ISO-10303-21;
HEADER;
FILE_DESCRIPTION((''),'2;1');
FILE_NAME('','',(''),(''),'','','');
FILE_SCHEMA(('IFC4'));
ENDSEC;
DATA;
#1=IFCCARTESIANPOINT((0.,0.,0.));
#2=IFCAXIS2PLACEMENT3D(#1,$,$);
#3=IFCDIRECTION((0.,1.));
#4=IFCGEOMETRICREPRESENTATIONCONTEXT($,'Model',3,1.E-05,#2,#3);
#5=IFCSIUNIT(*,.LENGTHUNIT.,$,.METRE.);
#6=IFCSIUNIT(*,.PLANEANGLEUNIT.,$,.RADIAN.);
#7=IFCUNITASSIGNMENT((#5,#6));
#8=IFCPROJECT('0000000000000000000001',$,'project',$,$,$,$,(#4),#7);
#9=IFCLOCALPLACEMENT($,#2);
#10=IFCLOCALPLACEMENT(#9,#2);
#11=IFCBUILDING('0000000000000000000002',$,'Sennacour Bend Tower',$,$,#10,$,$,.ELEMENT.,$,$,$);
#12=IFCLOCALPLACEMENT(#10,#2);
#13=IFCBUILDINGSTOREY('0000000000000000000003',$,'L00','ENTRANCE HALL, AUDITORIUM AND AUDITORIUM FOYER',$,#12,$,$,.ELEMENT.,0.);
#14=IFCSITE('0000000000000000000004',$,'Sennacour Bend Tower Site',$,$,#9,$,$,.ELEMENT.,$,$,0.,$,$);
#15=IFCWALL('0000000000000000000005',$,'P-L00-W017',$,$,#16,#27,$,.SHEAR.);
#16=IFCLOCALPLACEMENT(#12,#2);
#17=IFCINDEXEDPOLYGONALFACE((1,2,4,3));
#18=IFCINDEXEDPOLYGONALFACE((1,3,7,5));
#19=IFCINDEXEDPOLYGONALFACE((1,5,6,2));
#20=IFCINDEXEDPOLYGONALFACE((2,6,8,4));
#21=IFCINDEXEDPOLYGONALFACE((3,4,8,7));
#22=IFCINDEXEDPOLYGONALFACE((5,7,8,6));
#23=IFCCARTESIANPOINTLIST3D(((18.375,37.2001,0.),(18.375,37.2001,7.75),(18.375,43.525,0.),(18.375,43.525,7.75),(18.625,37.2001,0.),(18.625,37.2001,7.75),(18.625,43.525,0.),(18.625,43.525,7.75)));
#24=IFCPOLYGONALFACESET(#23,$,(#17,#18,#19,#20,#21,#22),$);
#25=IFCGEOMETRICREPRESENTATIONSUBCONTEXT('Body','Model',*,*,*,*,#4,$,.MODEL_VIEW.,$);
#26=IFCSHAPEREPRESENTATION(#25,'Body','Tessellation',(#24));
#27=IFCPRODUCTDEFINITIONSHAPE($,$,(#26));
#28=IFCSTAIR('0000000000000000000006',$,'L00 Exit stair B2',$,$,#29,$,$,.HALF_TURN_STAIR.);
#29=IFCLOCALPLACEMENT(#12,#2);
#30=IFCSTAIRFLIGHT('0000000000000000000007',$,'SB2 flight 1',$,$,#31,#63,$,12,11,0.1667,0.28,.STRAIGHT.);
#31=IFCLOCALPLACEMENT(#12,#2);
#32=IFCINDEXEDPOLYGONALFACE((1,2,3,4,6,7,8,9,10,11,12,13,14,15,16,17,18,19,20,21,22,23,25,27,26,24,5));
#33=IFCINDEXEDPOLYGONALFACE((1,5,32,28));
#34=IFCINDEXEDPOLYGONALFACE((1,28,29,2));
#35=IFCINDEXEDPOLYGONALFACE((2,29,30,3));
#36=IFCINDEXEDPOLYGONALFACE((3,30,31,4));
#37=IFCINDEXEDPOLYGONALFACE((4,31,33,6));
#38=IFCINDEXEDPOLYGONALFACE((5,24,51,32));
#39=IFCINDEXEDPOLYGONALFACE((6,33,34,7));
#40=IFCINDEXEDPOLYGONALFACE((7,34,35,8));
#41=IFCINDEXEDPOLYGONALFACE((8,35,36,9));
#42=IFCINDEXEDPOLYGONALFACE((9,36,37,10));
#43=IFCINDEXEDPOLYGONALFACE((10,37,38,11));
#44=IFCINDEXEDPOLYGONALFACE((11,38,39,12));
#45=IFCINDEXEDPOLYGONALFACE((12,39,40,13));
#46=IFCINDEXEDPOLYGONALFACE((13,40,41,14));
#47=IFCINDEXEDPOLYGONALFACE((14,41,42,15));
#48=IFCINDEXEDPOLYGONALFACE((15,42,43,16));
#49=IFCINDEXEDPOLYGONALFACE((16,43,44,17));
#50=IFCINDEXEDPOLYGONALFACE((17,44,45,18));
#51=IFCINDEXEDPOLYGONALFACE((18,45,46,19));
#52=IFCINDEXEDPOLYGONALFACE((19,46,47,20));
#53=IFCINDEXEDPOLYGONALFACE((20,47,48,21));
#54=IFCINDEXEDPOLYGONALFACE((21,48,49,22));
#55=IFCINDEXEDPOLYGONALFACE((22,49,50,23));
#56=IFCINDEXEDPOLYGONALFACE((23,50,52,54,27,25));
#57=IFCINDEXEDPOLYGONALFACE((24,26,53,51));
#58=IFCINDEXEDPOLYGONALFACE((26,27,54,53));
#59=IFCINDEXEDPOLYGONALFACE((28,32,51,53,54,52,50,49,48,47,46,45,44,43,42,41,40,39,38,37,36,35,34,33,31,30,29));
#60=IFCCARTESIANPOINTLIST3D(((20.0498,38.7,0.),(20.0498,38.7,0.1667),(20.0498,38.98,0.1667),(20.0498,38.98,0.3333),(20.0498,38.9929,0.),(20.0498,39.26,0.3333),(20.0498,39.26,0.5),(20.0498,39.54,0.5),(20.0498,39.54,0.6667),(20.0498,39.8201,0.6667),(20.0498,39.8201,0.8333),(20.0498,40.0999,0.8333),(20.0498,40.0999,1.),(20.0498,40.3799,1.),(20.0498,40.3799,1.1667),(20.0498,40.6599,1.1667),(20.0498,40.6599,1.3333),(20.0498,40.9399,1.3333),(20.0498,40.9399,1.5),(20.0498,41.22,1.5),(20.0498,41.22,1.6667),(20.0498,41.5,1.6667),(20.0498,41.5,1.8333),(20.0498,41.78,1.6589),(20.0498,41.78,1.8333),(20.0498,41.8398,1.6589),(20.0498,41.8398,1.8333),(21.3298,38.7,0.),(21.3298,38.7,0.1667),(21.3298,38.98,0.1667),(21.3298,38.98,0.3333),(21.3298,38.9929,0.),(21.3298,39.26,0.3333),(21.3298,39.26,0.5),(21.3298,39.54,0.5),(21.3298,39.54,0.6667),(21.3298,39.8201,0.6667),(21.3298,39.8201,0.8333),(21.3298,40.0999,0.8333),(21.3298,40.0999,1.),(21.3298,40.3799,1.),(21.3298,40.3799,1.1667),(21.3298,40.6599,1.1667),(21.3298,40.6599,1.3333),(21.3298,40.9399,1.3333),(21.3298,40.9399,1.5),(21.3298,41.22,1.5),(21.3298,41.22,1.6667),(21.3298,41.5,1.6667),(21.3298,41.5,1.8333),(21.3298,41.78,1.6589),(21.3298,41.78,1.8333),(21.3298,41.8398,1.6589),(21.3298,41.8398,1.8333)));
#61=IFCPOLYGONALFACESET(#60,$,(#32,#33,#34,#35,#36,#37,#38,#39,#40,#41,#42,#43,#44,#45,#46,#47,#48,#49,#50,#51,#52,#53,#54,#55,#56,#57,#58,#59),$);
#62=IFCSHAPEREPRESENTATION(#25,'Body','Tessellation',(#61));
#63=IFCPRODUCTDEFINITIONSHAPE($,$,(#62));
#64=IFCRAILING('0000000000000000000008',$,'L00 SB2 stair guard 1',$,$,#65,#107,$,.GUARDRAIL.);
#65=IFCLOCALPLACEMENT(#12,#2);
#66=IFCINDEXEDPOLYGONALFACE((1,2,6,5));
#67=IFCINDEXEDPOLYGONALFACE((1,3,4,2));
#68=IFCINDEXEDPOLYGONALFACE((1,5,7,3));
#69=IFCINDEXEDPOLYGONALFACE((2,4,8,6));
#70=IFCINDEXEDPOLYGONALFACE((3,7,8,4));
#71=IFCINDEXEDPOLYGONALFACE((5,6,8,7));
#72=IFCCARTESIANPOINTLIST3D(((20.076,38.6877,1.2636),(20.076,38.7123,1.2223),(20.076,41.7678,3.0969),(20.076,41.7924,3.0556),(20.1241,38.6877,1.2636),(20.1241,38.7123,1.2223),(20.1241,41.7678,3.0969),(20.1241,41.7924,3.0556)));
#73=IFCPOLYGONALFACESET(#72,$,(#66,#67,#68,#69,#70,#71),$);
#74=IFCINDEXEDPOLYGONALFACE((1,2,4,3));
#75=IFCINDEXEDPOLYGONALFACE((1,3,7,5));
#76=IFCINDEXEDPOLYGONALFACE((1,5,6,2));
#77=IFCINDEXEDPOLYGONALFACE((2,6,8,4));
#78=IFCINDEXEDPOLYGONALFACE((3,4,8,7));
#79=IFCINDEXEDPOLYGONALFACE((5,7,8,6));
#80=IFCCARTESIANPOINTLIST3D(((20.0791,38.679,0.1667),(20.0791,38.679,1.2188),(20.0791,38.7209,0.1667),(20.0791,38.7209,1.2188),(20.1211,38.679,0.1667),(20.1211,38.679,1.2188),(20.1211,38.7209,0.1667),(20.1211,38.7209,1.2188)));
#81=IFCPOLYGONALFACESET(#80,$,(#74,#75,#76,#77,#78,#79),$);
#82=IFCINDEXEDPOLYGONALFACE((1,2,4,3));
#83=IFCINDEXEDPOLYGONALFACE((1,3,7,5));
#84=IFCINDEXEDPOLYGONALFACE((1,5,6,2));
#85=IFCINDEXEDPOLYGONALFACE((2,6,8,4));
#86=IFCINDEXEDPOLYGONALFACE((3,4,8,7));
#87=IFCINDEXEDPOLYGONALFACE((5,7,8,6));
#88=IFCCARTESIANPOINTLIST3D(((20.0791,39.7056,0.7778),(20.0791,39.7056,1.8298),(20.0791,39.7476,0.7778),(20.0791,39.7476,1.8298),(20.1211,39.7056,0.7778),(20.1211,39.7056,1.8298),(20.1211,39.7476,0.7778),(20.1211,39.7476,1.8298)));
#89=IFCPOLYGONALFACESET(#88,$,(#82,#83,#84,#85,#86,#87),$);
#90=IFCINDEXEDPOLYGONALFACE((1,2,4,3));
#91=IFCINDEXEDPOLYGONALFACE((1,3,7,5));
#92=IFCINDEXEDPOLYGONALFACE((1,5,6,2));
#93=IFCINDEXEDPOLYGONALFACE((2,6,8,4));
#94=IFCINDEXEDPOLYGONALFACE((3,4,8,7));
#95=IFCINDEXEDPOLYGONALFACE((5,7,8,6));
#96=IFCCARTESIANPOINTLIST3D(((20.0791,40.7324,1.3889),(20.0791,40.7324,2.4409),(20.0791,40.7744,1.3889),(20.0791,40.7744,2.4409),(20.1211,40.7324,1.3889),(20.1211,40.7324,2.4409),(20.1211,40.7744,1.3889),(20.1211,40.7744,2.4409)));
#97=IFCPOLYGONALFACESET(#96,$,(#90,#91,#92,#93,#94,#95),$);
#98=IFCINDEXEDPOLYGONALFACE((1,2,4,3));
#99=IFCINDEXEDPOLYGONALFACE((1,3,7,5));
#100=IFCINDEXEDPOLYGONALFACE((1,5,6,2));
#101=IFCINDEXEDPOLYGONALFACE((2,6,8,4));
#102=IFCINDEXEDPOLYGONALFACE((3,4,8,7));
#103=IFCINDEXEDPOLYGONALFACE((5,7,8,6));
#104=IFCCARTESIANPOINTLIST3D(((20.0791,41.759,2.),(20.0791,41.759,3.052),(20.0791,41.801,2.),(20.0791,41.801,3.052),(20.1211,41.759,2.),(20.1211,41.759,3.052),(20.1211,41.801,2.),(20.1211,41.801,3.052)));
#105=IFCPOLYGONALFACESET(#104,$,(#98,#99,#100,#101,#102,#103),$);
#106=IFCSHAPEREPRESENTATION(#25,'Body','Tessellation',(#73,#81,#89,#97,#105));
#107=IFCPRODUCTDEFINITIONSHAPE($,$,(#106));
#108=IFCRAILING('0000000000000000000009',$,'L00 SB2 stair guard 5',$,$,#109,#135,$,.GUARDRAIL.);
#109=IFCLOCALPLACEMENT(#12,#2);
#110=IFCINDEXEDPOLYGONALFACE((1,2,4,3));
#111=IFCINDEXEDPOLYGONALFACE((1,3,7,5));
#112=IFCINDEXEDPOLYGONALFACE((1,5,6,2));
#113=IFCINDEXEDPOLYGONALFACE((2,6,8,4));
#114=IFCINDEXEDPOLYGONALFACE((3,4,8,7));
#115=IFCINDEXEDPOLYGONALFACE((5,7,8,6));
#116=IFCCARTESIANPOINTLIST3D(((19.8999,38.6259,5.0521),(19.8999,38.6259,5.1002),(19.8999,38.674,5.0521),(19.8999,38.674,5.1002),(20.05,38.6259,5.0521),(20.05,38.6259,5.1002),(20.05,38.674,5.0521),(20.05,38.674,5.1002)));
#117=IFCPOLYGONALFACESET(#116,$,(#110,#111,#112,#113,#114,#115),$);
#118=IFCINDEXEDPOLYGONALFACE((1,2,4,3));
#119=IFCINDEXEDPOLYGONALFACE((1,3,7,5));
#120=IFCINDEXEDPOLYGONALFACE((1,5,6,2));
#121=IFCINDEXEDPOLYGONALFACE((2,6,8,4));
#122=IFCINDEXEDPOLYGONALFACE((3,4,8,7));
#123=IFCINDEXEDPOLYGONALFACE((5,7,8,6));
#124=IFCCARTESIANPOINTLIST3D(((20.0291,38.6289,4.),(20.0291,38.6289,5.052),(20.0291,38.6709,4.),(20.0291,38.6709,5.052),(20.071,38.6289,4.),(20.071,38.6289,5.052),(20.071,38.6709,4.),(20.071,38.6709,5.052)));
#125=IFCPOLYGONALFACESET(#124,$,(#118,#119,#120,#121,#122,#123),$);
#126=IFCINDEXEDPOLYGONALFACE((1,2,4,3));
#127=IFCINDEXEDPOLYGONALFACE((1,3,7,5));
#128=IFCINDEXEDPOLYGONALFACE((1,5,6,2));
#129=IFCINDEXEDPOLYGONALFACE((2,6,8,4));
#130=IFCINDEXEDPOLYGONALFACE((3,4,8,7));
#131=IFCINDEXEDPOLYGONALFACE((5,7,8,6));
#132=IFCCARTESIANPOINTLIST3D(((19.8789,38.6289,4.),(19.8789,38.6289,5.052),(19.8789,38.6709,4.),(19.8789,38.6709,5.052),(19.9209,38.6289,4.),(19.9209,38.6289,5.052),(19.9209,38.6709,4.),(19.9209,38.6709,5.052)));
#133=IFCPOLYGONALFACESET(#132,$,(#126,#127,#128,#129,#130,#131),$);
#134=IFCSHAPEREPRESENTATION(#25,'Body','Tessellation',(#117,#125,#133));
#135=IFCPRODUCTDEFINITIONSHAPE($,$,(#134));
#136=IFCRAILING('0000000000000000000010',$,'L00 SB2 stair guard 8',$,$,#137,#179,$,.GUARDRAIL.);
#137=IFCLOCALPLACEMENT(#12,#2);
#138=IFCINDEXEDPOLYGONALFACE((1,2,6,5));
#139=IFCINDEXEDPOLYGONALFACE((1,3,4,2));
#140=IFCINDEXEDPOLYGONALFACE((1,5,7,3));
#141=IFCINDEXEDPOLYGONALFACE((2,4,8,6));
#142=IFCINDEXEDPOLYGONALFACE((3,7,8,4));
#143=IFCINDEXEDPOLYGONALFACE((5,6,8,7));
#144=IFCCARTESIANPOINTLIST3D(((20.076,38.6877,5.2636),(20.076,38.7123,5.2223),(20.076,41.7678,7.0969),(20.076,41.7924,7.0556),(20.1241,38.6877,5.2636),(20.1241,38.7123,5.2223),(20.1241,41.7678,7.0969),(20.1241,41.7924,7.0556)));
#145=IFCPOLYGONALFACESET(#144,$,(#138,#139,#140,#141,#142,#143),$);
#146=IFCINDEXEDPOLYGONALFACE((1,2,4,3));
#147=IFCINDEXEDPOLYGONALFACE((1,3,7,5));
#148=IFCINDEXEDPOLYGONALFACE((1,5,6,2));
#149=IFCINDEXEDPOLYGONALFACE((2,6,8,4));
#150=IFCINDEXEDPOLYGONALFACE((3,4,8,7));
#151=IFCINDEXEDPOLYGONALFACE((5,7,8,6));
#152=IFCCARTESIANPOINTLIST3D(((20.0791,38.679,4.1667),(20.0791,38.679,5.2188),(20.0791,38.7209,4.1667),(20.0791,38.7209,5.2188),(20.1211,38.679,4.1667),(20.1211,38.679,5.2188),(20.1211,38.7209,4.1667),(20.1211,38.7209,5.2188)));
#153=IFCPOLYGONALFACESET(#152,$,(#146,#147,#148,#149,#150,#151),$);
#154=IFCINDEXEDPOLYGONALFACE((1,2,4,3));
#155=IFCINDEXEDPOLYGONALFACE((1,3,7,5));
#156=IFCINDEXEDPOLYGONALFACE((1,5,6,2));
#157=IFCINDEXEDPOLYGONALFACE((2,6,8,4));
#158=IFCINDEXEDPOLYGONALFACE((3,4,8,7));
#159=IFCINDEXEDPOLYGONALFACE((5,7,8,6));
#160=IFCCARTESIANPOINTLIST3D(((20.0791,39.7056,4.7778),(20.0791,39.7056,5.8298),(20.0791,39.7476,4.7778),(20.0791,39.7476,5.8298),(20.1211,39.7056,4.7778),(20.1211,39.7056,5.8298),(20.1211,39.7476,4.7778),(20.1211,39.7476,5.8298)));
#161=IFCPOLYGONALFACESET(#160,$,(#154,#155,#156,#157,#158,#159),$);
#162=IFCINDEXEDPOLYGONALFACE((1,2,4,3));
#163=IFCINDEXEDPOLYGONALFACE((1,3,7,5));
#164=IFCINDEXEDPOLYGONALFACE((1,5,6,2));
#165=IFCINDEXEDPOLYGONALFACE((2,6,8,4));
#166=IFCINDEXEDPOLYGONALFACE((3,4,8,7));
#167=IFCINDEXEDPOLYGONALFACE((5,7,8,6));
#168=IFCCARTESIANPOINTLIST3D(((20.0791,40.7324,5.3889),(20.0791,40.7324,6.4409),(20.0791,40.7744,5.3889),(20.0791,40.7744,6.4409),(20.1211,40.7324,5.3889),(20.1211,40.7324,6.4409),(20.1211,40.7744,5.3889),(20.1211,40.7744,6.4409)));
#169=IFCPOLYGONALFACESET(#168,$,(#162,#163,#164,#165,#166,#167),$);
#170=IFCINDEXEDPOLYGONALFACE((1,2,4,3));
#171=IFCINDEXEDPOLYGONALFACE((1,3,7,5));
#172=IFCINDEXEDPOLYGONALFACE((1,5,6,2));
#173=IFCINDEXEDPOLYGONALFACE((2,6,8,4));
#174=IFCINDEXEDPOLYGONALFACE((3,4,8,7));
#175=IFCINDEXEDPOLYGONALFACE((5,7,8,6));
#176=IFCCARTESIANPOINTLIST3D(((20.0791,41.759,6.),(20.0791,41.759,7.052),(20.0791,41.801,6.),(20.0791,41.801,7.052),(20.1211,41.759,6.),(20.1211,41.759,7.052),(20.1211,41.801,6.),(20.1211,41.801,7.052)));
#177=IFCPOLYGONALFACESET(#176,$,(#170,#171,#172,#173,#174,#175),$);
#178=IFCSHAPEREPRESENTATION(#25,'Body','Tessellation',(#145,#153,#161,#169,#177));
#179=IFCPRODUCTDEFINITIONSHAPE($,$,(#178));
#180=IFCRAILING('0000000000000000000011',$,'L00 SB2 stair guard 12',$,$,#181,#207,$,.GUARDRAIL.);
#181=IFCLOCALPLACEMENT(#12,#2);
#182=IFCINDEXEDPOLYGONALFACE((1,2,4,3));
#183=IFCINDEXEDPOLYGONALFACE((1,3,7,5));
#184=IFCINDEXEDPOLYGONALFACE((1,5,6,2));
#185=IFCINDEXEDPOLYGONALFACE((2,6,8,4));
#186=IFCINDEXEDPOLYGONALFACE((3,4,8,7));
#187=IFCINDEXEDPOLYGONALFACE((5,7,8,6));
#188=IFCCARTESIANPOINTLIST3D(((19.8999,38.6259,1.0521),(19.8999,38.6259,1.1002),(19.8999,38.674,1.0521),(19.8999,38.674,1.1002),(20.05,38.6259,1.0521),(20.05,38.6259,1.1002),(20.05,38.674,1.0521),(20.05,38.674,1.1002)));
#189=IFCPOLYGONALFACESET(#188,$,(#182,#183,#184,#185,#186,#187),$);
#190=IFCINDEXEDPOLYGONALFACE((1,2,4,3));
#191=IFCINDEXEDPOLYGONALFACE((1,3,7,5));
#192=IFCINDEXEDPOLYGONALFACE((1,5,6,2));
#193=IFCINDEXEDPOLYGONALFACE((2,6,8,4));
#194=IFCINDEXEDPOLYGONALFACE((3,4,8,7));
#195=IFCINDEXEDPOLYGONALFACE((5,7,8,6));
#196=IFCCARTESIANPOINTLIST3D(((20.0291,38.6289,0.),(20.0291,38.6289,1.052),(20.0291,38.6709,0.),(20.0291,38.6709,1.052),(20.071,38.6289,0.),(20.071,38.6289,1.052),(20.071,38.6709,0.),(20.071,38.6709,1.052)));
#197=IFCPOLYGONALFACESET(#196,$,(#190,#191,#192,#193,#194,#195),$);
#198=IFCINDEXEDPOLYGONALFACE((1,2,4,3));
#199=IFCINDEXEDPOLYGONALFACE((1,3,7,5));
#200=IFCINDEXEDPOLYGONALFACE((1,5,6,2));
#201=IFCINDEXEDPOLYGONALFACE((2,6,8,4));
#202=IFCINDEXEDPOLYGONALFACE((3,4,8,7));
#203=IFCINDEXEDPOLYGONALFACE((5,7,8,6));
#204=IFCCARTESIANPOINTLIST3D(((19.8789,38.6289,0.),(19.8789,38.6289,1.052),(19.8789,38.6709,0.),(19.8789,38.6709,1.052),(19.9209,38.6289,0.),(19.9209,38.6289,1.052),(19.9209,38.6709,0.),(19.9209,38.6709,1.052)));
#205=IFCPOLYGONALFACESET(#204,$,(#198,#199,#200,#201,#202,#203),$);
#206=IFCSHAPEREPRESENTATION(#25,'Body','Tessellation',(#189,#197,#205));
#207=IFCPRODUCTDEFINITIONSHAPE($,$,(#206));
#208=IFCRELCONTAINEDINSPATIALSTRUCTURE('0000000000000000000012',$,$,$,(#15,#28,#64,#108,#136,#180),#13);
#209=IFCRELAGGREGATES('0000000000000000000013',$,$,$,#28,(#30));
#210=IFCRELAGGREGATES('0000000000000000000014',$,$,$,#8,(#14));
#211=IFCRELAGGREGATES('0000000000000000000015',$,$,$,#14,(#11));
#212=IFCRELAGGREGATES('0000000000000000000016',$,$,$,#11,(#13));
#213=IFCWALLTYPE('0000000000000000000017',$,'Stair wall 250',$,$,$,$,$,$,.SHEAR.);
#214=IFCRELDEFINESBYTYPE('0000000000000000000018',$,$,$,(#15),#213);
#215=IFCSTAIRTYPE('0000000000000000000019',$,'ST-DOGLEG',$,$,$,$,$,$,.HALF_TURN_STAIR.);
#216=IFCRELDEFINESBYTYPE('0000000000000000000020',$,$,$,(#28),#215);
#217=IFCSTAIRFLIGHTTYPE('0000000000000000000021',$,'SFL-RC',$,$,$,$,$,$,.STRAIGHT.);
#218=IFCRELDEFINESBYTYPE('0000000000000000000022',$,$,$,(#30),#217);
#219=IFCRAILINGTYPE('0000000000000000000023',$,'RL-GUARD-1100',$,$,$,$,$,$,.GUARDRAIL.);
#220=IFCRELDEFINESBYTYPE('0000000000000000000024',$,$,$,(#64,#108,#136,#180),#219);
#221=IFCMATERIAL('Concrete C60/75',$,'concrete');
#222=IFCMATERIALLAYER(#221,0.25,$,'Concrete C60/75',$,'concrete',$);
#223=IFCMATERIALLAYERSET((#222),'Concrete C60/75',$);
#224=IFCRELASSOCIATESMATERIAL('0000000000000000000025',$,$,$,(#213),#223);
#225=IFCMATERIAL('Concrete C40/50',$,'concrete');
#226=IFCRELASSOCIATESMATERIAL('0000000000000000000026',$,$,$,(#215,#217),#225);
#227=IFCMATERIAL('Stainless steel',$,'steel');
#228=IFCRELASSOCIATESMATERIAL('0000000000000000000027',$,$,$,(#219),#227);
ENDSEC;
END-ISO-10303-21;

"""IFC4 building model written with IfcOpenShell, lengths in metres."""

from ifc_helpers import new_model, si_unit, direction, frame, frame_2d, origin, origin_2d, place, context, subcontext, project, spatial, polyline, rectangle, outline, extrude, material, layer, layer_set, type_object, element, aggregate, save


model = new_model("IFC4")

# Units and contexts
model_context = context("Model", 3, precision=1e-05, world=origin(), true_north=direction((0.0, 1.0)))
body_context = subcontext(model_context, "Body", "Model", "MODEL_VIEW")
ifc_project = project(units=[si_unit("LENGTHUNIT", "METRE"), si_unit("PLANEANGLEUNIT", "RADIAN")], contexts=[model_context])

# Site, building, storey
site_placement = place(None, origin())
site = spatial("IfcSite", under=ifc_project, at=site_placement, Name="Sennacour Bend Tower Site", CompositionType="ELEMENT", RefElevation=0.0)
building_placement = place(site_placement, origin())
building = spatial("IfcBuilding", under=site, at=building_placement, Name="Sennacour Bend Tower", CompositionType="ELEMENT")
storey_placement = place(building_placement, origin())
storey = spatial("IfcBuildingStorey", under=building, at=storey_placement, Name="L00", Description="ENTRANCE HALL, AUDITORIUM AND AUDITORIUM FOYER", CompositionType="ELEMENT", Elevation=0.0)

# Wall
ifc_material_1 = material(Name="Concrete C60/75", Category="concrete")
ifc_layer_1 = layer(ifc_material_1, 0.25, Name="Concrete C60/75", Category="concrete")
ifc_layer_set_1 = layer_set([ifc_layer_1], Name="Concrete C60/75")
wall_type_1 = type_object("IfcWallType", Name="Stair wall 250", PredefinedType="SHEAR", material=ifc_layer_set_1)
wall_1_placement = place(storey_placement, frame((18.5, 37.2, 0.0), z_axis=(0.0, 0.0, 1.0), x_axis=(0.0, 1.0, 0.0)))
element("IfcWall", 1, at=wall_1_placement, inside=storey, type_object=wall_type_1, Name="P-L00-W017", PredefinedType="SHEAR", context=body_context, shape_type="SweptSolid", body=[
    extrude(rectangle(XDim=6.325, YDim=0.25, at=frame_2d((3.1626, 0.0))), origin(), (0.0, 0.0, 1.0), 7.75),
])

# Stair, stair flight
ifc_material_2 = material(Name="Concrete C40/50", Category="concrete")
stair_type = type_object("IfcStairType", Name="ST-DOGLEG", PredefinedType="HALF_TURN_STAIR", material=ifc_material_2)
stair_placement = place(storey_placement, origin())
stair = element("IfcStair", 2, at=stair_placement, inside=storey, type_object=stair_type, Name="L00 Exit stair B2", PredefinedType="HALF_TURN_STAIR")
stair_flight_type = type_object("IfcStairFlightType", Name="SFL-RC", PredefinedType="STRAIGHT", material=ifc_material_2)
stair_flight_placement = place(storey_placement, frame((20.6899, 38.7, 0.0), z_axis=(0.0, 0.0, 1.0), x_axis=(0.0, 1.0, 0.0)))
stair_flight = element("IfcStairFlight", 3, at=stair_flight_placement, type_object=stair_flight_type, Name="SB2 flight 1", NumberOfRisers=12, NumberOfTreads=11, PredefinedType="STRAIGHT", RiserHeight=0.1667, TreadLength=0.28, context=body_context, shape_type="SweptSolid", body=[
    extrude(outline(polyline([(0.0, 0.0), (0.0, 0.1667), (0.28, 0.1667), (0.28, 0.3333), (0.5601, 0.3333), (0.5601, 0.5), (0.8401, 0.5), (0.8401, 0.6667), (1.1201, 0.6667), (1.1201, 0.8333), (1.3999, 0.8333), (1.3999, 1.0), (1.6799, 1.0), (1.6799, 1.1667), (1.96, 1.1667), (1.96, 1.3333), (2.24, 1.3333), (2.24, 1.5), (2.52, 1.5), (2.52, 1.6667), (2.8, 1.6667), (2.8, 1.8333), (3.0801, 1.8333), (3.1399, 1.8333), (3.1399, 1.6589), (3.0801, 1.6589), (0.293, 0.0), (0.0, 0.0)])), frame((0.0, 0.6401, 0.0), z_axis=(0.0, -1.0, 0.0), x_axis=(1.0, 0.0, 0.0)), (0.0, 0.0, 1.0), 1.28),
])
aggregate(stair, [stair_flight])

# Railings
ifc_material_3 = material(Name="Stainless steel", Category="steel")
railing_type = type_object("IfcRailingType", Name="RL-GUARD-1100", PredefinedType="GUARDRAIL", material=ifc_material_3)
railing_1_placement = place(storey_placement, frame((20.1001, 38.7, 0.1667)))
element("IfcRailing", 4, at=railing_1_placement, inside=storey, type_object=railing_type, Name="L00 SB2 stair guard 1", PredefinedType="GUARDRAIL", context=body_context, shape_type="SweptSolid", body=[
    extrude(rectangle(XDim=0.0481, YDim=0.0481, at=origin_2d()), frame((0.0, 0.0, 1.0762), z_axis=(0.0, 0.859309, 0.511458), x_axis=(-1.0, 0.0, 0.0)), (0.0, 0.0, 1.0), 3.5845),
    extrude(rectangle(XDim=0.042, YDim=0.042, at=origin_2d()), origin(), (0.0, 0.0, 1.0), 1.052),
    extrude(rectangle(XDim=0.042, YDim=0.042, at=origin_2d()), frame((0.0, 1.0266, 0.6111)), (0.0, 0.0, 1.0), 1.052),
    extrude(rectangle(XDim=0.042, YDim=0.042, at=origin_2d()), frame((0.0, 2.0535, 1.2222)), (0.0, 0.0, 1.0), 1.052),
    extrude(rectangle(XDim=0.042, YDim=0.042, at=origin_2d()), frame((0.0, 3.0801, 1.8333)), (0.0, 0.0, 1.0), 1.052),
])
railing_2_placement = place(storey_placement, frame((20.05, 38.6499, 4.0)))
element("IfcRailing", 5, at=railing_2_placement, inside=storey, type_object=railing_type, Name="L00 SB2 stair guard 5", PredefinedType="GUARDRAIL", context=body_context, shape_type="SweptSolid", body=[
    extrude(rectangle(XDim=0.0481, YDim=0.0481, at=origin_2d()), frame((0.0, 0.0, 1.0762), z_axis=(-1.0, 0.0, 0.0), x_axis=(0.0, -1.0, 0.0)), (0.0, 0.0, 1.0), 0.1501),
    extrude(rectangle(XDim=0.042, YDim=0.042, at=origin_2d()), origin(), (0.0, 0.0, 1.0), 1.052),
    extrude(rectangle(XDim=0.042, YDim=0.042, at=origin_2d()), frame((-0.1501, 0.0, 0.0)), (0.0, 0.0, 1.0), 1.052),
])
railing_3_placement = place(storey_placement, frame((20.1001, 38.7, 4.1667)))
element("IfcRailing", 6, at=railing_3_placement, inside=storey, type_object=railing_type, Name="L00 SB2 stair guard 8", PredefinedType="GUARDRAIL", context=body_context, shape_type="SweptSolid", body=[
    extrude(rectangle(XDim=0.0481, YDim=0.0481, at=origin_2d()), frame((0.0, 0.0, 1.0762), z_axis=(0.0, 0.859309, 0.511458), x_axis=(-1.0, 0.0, 0.0)), (0.0, 0.0, 1.0), 3.5845),
    extrude(rectangle(XDim=0.042, YDim=0.042, at=origin_2d()), origin(), (0.0, 0.0, 1.0), 1.052),
    extrude(rectangle(XDim=0.042, YDim=0.042, at=origin_2d()), frame((0.0, 1.0266, 0.6111)), (0.0, 0.0, 1.0), 1.052),
    extrude(rectangle(XDim=0.042, YDim=0.042, at=origin_2d()), frame((0.0, 2.0535, 1.2222)), (0.0, 0.0, 1.0), 1.052),
    extrude(rectangle(XDim=0.042, YDim=0.042, at=origin_2d()), frame((0.0, 3.0801, 1.8333)), (0.0, 0.0, 1.0), 1.052),
])
railing_4_placement = place(storey_placement, frame((20.05, 38.6499, 0.0)))
element("IfcRailing", 7, at=railing_4_placement, inside=storey, type_object=railing_type, Name="L00 SB2 stair guard 12", PredefinedType="GUARDRAIL", context=body_context, shape_type="SweptSolid", body=[
    extrude(rectangle(XDim=0.0481, YDim=0.0481, at=origin_2d()), frame((0.0, 0.0, 1.0762), z_axis=(-1.0, 0.0, 0.0), x_axis=(0.0, -1.0, 0.0)), (0.0, 0.0, 1.0), 0.1501),
    extrude(rectangle(XDim=0.042, YDim=0.042, at=origin_2d()), origin(), (0.0, 0.0, 1.0), 1.052),
    extrude(rectangle(XDim=0.042, YDim=0.042, at=origin_2d()), frame((-0.1501, 0.0, 0.0)), (0.0, 0.0, 1.0), 1.052),
])

save(model, "model.ifc")
